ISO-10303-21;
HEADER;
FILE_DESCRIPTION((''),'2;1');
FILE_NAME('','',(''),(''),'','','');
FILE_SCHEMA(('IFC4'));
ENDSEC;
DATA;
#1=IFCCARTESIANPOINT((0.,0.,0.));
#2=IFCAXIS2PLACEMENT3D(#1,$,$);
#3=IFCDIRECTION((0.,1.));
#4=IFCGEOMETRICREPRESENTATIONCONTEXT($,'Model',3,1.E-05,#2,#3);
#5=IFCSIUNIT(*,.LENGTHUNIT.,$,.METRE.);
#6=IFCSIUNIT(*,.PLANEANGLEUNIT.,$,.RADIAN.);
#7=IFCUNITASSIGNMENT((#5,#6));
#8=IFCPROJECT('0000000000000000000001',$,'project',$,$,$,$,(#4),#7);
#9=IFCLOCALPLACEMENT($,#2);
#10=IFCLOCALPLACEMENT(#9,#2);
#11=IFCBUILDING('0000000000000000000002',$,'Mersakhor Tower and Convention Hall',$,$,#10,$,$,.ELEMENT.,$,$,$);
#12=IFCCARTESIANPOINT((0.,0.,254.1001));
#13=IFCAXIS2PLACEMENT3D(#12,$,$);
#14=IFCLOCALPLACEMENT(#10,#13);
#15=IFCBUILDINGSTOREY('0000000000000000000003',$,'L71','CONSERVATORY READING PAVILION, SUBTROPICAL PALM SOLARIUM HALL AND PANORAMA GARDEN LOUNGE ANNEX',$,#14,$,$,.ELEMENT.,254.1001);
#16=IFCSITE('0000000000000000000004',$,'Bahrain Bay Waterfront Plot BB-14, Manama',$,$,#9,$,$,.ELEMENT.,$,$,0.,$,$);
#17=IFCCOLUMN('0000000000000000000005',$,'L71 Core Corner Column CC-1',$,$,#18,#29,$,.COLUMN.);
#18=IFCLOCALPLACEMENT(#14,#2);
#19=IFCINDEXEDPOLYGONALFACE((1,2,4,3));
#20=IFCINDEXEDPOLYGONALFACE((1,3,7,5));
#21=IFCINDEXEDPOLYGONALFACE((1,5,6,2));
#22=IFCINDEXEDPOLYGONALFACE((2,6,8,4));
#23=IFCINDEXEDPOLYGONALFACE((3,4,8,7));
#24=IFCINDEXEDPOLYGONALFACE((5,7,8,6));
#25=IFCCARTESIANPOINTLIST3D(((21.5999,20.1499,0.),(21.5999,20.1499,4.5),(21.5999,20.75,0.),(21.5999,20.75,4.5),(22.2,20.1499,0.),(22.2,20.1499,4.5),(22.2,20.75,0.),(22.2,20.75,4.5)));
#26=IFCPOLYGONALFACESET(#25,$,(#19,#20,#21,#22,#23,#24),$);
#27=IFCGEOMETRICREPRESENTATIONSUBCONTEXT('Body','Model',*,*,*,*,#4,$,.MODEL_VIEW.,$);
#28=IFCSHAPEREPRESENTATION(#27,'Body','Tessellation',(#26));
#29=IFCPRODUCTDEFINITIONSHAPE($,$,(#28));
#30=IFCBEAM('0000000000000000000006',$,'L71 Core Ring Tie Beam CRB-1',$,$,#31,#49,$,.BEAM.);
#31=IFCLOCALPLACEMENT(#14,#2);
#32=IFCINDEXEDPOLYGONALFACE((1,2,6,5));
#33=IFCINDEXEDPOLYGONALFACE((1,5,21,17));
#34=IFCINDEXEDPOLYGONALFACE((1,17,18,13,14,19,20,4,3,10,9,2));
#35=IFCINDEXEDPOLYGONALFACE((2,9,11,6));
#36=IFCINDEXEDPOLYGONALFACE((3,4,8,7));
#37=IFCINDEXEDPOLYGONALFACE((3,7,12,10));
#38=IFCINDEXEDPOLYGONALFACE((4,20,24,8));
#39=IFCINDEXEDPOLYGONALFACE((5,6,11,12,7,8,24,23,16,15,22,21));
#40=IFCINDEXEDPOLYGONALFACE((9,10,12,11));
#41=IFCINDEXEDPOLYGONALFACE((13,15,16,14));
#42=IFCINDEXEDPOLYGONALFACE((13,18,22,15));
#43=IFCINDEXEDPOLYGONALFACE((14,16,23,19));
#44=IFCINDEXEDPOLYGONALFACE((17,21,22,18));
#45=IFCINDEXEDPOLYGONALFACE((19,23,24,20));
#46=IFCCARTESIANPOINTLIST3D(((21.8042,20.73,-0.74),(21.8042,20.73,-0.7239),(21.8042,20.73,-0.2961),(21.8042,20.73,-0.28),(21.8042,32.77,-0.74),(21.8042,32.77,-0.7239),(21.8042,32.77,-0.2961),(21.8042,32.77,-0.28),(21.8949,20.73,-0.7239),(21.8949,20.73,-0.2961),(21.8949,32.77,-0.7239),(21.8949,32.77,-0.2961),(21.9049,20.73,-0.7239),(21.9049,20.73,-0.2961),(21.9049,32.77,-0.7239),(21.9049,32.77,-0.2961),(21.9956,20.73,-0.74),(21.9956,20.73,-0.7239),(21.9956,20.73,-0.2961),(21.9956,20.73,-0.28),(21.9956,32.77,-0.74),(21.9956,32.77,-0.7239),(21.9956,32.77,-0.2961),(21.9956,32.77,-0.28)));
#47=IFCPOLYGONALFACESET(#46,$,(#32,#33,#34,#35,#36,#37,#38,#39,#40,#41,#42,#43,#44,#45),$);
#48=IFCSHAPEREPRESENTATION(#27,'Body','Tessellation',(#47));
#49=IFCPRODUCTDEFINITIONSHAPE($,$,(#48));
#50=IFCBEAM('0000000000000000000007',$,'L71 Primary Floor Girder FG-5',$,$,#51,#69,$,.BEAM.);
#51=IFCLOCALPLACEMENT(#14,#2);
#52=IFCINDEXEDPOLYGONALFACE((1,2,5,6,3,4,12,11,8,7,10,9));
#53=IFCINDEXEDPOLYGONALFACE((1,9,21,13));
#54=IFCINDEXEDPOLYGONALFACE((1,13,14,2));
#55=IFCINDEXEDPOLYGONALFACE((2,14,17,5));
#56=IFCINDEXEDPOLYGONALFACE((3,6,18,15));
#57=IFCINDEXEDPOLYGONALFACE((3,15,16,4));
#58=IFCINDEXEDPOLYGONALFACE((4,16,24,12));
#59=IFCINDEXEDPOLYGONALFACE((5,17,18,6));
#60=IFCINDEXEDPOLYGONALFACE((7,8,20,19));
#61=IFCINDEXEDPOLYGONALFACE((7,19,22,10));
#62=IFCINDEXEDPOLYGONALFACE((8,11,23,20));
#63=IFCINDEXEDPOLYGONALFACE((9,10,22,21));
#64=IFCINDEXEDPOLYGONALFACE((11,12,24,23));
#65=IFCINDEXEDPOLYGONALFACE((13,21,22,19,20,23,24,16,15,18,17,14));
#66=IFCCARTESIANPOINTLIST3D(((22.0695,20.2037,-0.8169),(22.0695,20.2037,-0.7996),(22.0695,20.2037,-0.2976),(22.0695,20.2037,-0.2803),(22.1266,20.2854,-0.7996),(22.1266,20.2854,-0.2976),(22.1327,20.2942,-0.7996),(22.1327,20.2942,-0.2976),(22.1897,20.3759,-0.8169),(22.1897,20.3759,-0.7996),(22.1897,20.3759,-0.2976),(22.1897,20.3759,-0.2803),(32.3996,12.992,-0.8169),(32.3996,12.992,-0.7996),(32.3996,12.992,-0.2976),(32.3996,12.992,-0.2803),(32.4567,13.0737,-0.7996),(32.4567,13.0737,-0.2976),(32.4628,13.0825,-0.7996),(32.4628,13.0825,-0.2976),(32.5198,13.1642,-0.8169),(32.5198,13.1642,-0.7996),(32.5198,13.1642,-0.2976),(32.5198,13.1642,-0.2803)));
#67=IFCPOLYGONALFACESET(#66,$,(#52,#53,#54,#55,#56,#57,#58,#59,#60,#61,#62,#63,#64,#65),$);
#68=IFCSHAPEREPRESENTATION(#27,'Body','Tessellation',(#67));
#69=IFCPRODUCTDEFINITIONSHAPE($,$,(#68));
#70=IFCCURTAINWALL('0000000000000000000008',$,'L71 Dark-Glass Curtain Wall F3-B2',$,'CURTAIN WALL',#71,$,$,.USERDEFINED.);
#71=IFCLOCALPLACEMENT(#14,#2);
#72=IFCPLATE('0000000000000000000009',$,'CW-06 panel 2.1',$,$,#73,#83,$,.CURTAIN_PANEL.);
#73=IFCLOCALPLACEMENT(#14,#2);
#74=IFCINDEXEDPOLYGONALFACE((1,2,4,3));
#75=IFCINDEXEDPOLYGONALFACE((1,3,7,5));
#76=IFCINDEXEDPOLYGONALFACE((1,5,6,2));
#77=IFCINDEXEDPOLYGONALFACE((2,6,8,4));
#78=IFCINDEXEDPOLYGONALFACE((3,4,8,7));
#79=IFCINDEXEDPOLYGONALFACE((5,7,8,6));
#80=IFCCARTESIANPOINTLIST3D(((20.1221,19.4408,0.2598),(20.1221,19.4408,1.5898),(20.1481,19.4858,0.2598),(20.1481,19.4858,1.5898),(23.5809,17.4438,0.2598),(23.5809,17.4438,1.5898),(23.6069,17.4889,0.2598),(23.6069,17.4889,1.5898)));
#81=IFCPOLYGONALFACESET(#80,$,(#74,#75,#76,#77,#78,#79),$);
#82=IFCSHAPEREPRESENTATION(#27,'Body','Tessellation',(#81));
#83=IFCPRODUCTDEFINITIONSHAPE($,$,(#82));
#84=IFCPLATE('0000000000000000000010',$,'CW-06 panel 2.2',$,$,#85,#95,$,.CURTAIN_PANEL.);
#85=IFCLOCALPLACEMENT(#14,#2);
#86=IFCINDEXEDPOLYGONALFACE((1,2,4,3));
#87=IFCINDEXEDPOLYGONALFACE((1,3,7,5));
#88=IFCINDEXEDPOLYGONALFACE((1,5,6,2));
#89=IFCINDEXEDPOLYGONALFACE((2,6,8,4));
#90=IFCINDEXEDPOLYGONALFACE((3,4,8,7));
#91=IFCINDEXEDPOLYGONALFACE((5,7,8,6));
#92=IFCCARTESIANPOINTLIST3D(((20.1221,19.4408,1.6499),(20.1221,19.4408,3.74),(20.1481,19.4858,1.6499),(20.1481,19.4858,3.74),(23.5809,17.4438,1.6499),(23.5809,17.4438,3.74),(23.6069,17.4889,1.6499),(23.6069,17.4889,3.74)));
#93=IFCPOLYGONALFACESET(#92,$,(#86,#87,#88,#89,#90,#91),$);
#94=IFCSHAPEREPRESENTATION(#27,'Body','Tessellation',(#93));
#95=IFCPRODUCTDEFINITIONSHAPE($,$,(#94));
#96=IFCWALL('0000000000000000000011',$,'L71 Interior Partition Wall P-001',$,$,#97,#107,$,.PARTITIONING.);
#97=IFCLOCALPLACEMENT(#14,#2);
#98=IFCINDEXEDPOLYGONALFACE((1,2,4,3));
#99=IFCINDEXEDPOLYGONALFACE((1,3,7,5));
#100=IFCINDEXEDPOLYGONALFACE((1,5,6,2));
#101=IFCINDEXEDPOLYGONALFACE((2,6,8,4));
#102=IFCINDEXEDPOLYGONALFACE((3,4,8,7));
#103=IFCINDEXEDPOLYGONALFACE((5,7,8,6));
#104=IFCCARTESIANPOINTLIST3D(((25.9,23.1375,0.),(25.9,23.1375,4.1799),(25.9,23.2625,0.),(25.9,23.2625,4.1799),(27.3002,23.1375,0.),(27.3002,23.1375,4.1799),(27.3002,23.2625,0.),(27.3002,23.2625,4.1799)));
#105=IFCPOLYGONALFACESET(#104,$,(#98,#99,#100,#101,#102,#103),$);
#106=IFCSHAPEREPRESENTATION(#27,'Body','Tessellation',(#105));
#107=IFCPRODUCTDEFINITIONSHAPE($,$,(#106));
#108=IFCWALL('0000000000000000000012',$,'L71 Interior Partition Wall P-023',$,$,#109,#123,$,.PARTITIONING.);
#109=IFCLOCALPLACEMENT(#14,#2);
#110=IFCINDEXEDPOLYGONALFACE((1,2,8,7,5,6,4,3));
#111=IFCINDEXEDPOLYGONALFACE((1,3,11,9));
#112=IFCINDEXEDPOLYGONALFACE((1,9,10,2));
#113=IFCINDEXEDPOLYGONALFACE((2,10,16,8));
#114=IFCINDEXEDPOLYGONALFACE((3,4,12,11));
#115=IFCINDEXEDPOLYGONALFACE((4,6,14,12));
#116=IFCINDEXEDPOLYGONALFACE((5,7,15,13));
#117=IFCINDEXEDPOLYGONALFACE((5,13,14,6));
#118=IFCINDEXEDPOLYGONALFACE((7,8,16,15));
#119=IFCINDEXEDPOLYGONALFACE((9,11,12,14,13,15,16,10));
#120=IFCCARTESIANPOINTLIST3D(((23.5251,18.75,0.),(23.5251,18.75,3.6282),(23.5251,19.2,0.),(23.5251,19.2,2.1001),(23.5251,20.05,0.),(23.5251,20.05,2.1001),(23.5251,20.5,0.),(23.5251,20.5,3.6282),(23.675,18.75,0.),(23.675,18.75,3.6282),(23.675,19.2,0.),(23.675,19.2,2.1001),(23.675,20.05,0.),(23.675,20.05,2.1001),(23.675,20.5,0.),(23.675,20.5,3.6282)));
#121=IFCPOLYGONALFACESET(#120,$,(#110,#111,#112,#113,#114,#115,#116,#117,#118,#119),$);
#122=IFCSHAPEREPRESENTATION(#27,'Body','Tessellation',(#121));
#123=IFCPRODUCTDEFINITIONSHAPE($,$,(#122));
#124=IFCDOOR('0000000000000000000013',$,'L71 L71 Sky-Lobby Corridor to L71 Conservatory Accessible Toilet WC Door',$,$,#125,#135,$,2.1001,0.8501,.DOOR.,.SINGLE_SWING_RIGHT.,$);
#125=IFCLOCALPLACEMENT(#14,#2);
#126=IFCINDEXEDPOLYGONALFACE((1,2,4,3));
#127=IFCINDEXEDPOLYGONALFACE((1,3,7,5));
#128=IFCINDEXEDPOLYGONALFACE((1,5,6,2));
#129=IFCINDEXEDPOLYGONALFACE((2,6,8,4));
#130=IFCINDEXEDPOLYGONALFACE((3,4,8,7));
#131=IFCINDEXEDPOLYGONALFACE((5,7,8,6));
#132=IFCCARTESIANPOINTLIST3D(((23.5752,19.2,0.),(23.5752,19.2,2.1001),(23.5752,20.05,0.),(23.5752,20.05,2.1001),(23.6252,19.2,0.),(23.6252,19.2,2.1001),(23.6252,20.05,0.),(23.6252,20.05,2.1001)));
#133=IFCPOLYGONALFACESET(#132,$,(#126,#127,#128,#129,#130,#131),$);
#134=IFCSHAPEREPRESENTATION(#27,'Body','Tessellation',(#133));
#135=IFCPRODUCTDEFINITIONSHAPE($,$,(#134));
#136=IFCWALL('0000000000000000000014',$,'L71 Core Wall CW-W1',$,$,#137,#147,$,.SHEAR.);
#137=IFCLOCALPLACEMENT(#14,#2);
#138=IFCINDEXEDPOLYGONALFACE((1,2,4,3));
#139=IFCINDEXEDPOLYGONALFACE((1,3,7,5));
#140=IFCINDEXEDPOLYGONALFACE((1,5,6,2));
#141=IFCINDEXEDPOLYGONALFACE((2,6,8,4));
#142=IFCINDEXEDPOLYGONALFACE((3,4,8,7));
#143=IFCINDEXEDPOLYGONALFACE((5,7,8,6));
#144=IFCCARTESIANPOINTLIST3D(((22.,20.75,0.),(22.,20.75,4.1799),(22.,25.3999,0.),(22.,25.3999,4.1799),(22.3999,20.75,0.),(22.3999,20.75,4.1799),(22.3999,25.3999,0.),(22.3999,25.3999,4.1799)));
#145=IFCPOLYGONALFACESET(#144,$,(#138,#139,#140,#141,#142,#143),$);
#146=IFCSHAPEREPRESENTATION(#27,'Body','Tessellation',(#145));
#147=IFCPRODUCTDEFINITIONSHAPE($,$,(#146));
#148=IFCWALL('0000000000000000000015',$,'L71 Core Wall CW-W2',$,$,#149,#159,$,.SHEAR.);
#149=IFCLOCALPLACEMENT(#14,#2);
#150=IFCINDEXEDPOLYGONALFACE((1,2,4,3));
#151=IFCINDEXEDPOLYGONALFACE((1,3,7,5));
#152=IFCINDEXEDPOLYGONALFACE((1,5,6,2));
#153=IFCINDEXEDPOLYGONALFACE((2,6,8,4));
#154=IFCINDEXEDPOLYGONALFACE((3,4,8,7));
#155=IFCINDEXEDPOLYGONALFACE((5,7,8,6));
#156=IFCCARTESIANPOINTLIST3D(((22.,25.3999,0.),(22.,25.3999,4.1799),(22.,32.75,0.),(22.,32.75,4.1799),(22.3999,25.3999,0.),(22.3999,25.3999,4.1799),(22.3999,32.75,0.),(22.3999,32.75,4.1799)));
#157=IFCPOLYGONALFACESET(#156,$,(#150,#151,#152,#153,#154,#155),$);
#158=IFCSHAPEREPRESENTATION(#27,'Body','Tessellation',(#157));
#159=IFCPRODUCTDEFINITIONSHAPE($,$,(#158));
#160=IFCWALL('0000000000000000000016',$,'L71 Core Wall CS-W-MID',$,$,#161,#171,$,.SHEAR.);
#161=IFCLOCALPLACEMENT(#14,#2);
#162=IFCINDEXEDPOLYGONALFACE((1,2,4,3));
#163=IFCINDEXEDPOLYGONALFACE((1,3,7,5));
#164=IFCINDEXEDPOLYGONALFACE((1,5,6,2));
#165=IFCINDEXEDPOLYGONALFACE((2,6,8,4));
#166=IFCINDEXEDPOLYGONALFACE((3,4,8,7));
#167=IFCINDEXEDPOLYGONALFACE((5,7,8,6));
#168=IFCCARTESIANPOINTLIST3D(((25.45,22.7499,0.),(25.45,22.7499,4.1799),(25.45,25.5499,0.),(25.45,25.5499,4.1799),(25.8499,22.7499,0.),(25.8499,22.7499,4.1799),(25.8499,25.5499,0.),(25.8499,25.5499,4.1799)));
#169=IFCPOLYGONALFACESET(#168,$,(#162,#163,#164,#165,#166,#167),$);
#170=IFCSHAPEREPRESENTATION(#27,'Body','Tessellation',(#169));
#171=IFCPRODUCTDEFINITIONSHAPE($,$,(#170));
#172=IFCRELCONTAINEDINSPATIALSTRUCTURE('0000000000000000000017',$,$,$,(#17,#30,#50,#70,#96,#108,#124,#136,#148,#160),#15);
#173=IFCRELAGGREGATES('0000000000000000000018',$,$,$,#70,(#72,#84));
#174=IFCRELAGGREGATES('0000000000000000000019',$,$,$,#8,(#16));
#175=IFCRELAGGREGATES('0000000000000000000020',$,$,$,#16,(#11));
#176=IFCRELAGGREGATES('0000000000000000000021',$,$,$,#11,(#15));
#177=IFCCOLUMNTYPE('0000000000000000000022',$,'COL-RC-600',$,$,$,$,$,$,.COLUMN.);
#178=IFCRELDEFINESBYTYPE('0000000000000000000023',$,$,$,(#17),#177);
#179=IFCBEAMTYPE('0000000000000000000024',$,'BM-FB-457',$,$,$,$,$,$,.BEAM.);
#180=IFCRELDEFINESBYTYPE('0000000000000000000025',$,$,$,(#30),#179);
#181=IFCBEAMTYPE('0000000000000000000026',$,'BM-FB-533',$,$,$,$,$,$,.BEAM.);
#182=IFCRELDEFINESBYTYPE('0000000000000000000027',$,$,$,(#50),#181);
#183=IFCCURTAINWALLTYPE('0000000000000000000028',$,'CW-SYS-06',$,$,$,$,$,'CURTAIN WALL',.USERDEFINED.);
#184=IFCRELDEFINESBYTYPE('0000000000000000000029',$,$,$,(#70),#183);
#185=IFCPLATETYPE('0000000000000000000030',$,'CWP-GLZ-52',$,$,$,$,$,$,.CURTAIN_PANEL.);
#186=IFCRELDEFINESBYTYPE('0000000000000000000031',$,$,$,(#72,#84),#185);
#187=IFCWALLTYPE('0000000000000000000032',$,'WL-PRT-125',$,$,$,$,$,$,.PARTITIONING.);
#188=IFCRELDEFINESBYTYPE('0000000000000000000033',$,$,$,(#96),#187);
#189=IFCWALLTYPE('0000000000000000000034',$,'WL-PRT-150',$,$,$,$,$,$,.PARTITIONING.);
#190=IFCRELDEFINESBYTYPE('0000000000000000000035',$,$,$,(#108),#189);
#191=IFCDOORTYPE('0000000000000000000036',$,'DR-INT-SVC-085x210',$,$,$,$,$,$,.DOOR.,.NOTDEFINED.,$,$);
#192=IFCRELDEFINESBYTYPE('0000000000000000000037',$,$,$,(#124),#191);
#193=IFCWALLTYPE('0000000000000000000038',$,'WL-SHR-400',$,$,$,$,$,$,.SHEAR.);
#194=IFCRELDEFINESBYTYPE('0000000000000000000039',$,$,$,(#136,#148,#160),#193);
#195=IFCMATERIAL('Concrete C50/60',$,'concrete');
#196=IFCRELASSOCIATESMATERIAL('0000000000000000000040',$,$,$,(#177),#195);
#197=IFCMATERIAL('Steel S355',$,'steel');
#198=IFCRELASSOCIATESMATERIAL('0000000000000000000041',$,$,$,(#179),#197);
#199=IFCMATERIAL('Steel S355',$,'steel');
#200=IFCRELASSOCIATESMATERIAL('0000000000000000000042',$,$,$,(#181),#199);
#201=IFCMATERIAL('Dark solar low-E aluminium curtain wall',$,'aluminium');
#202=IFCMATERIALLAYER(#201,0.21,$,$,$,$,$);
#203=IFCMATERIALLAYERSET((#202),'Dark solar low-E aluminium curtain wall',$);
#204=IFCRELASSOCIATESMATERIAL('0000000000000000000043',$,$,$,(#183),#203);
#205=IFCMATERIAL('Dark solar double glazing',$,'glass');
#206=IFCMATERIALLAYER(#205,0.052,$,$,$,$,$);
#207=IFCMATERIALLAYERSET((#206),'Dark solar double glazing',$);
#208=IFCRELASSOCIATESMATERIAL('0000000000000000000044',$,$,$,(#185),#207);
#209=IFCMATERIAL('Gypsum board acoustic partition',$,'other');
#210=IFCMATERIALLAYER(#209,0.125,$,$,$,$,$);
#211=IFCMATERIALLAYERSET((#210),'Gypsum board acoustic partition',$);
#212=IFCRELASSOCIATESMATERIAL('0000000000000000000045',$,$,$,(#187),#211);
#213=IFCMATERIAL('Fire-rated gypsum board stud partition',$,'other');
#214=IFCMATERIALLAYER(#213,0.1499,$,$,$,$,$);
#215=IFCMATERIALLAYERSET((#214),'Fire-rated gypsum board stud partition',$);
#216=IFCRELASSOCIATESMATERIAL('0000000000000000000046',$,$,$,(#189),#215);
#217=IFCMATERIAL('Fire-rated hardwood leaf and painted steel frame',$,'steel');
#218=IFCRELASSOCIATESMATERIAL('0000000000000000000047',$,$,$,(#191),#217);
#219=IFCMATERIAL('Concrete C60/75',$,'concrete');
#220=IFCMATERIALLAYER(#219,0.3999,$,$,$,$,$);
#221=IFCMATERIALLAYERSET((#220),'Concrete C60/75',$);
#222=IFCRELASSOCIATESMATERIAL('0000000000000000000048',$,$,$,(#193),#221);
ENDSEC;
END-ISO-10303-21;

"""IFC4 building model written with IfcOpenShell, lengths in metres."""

from ifc_helpers import new_model, si_unit, direction, frame, frame_2d, origin, origin_2d, place, context, subcontext, project, spatial, rectangle, i_section, extrude, material, layer, layer_set, material_profile, profile_set, type_object, element, fill, aggregate, save


model = new_model("IFC4")

# Units and contexts
model_context = context("Model", 3, precision=1e-05, world=origin(), true_north=direction((0.0, 1.0)))
body_context = subcontext(model_context, "Body", "Model", "MODEL_VIEW")
ifc_project = project(units=[si_unit("LENGTHUNIT", "METRE"), si_unit("PLANEANGLEUNIT", "RADIAN")], contexts=[model_context])

# Site, building, storey
site_placement = place(None, origin())
site = spatial("IfcSite", under=ifc_project, at=site_placement, Name="Bahrain Bay Waterfront Plot BB-14, Manama", CompositionType="ELEMENT", RefElevation=0.0)
building_placement = place(site_placement, origin())
building = spatial("IfcBuilding", under=site, at=building_placement, Name="Mersakhor Tower and Convention Hall", CompositionType="ELEMENT")
storey_placement = place(building_placement, frame((0.0, 0.0, 254.1001)))
storey = spatial("IfcBuildingStorey", under=building, at=storey_placement, Name="L71", Description="CONSERVATORY READING PAVILION, SUBTROPICAL PALM SOLARIUM HALL AND PANORAMA GARDEN LOUNGE ANNEX", CompositionType="ELEMENT", Elevation=254.1001)

# Column
ifc_material_1 = material(Name="Concrete C50/60", Category="concrete")
ifc_material_profile_1 = material_profile(ifc_material_1, rectangle(XDim=0.6001, YDim=0.6001, at=origin_2d()), Name="RC 600x600")
ifc_profile_set_1 = profile_set([ifc_material_profile_1], Name="Concrete C50/60")
column_type = type_object("IfcColumnType", Name="COL-RC-600", PredefinedType="COLUMN", material=ifc_profile_set_1)
column_placement = place(storey_placement, frame((21.8999, 20.45, 0.0), z_axis=(0.0, 0.0, 1.0), x_axis=(1.0, 0.0, 0.0)))
element("IfcColumn", 1, at=column_placement, inside=storey, type_object=column_type, Name="L71 Core Corner Column CC-1", PredefinedType="COLUMN", context=body_context, shape_type="SweptSolid", body=[
    extrude(rectangle(XDim=0.6001, YDim=0.6001, at=origin_2d()), origin(), (0.0, 0.0, 1.0), 4.5),
])

# Beams
ifc_material_2 = material(Name="Steel S355", Category="steel")
ifc_material_profile_2 = material_profile(ifc_material_2, i_section(OverallWidth=0.1914, OverallDepth=0.46, WebThickness=0.01, FlangeThickness=0.0161, at=origin_2d()), Name="UB 457x191x82")
ifc_profile_set_2 = profile_set([ifc_material_profile_2], Name="Steel S355")
beam_type_1 = type_object("IfcBeamType", Name="BM-FB-457", PredefinedType="BEAM", material=ifc_profile_set_2)
beam_1_placement = place(storey_placement, frame((21.8999, 20.73, -0.51), z_axis=(0.0, 1.0, 0.0), x_axis=(-1.0, 0.0, 0.0)))
element("IfcBeam", 2, at=beam_1_placement, inside=storey, type_object=beam_type_1, Name="L71 Core Ring Tie Beam CRB-1", PredefinedType="BEAM", context=body_context, shape_type="SweptSolid", body=[
    extrude(i_section(OverallWidth=0.1914, OverallDepth=0.46, WebThickness=0.01, FlangeThickness=0.0161, at=origin_2d()), origin(), (0.0, 0.0, 1.0), 12.04),
])
ifc_material_3 = material(Name="Steel S355", Category="steel")
ifc_material_profile_3 = material_profile(ifc_material_3, i_section(OverallWidth=0.21, OverallDepth=0.5366, WebThickness=0.0107, FlangeThickness=0.0173, at=origin_2d()), Name="UB 533x210x101")
ifc_profile_set_3 = profile_set([ifc_material_profile_3], Name="Steel S355")
beam_type_2 = type_object("IfcBeamType", Name="BM-FB-533", PredefinedType="BEAM", material=ifc_profile_set_3)
beam_2_placement = place(storey_placement, frame((22.1296, 20.2898, -0.5486), z_axis=(0.819954, -0.572429, 0.0), x_axis=(0.572429, 0.819954, 0.0)))
element("IfcBeam", 3, at=beam_2_placement, inside=storey, type_object=beam_type_2, Name="L71 Primary Floor Girder FG-5", PredefinedType="BEAM", context=body_context, shape_type="SweptSolid", body=[
    extrude(i_section(OverallWidth=0.21, OverallDepth=0.5366, WebThickness=0.0107, FlangeThickness=0.0173, at=origin_2d()), origin(), (0.0, 0.0, 1.0), 12.5984),
])

# Curtain wall, plates
ifc_material_4 = material(Name="Dark solar low-E aluminium curtain wall", Category="aluminium")
ifc_layer_1 = layer(ifc_material_4, 0.21)
ifc_layer_set_1 = layer_set([ifc_layer_1], Name="Dark solar low-E aluminium curtain wall")
curtain_wall_type = type_object("IfcCurtainWallType", Name="CW-SYS-06", ElementType="CURTAIN WALL", PredefinedType="USERDEFINED", material=ifc_layer_set_1)
curtain_wall_placement = place(storey_placement, origin())
curtain_wall = element("IfcCurtainWall", 4, at=curtain_wall_placement, inside=storey, type_object=curtain_wall_type, Name="L71 Dark-Glass Curtain Wall F3-B2", ObjectType="CURTAIN WALL", PredefinedType="USERDEFINED")
ifc_material_5 = material(Name="Dark solar double glazing", Category="glass")
ifc_layer_2 = layer(ifc_material_5, 0.052)
ifc_layer_set_2 = layer_set([ifc_layer_2], Name="Dark solar double glazing")
plate_type = type_object("IfcPlateType", Name="CWP-GLZ-52", PredefinedType="CURTAIN_PANEL", material=ifc_layer_set_2)
plate_1_placement = place(storey_placement, frame((21.8645, 18.4648, 0.2598), z_axis=(0.0, 0.0, 1.0), x_axis=(-0.866023, 0.500004, 0.0)))
plate_1 = element("IfcPlate", 5, at=plate_1_placement, type_object=plate_type, Name="CW-06 panel 2.1", PredefinedType="CURTAIN_PANEL", context=body_context, shape_type="SweptSolid", body=[
    extrude(rectangle(XDim=3.9939, YDim=0.052, at=origin_2d()), origin(), (0.0, 0.0, 1.0), 1.3301),
])
plate_2_placement = place(storey_placement, frame((21.8645, 18.4648, 1.6499), z_axis=(0.0, 0.0, 1.0), x_axis=(-0.866023, 0.500004, 0.0)))
plate_2 = element("IfcPlate", 6, at=plate_2_placement, type_object=plate_type, Name="CW-06 panel 2.2", PredefinedType="CURTAIN_PANEL", context=body_context, shape_type="SweptSolid", body=[
    extrude(rectangle(XDim=3.9939, YDim=0.052, at=origin_2d()), origin(), (0.0, 0.0, 1.0), 2.0901),
])
aggregate(curtain_wall, [plate_1, plate_2])

# Wall
ifc_material_6 = material(Name="Gypsum board acoustic partition", Category="other")
ifc_layer_3 = layer(ifc_material_6, 0.125)
ifc_layer_set_3 = layer_set([ifc_layer_3], Name="Gypsum board acoustic partition")
wall_type_1 = type_object("IfcWallType", Name="WL-PRT-125", PredefinedType="PARTITIONING", material=ifc_layer_set_3)
wall_1_placement = place(storey_placement, frame((25.8999, 23.2, 0.0), z_axis=(0.0, 0.0, 1.0), x_axis=(1.0, 0.0, 0.0)))
element("IfcWall", 7, at=wall_1_placement, inside=storey, type_object=wall_type_1, Name="L71 Interior Partition Wall P-001", PredefinedType="PARTITIONING", context=body_context, shape_type="SweptSolid", body=[
    extrude(rectangle(XDim=1.4001, YDim=0.125, at=frame_2d((0.7002, 0.0))), origin(), (0.0, 0.0, 1.0), 4.1799),
])

# Wall, opening, door
ifc_material_7 = material(Name="Fire-rated gypsum board stud partition", Category="other")
ifc_layer_4 = layer(ifc_material_7, 0.1499)
ifc_layer_set_4 = layer_set([ifc_layer_4], Name="Fire-rated gypsum board stud partition")
wall_type_2 = type_object("IfcWallType", Name="WL-PRT-150", PredefinedType="PARTITIONING", material=ifc_layer_set_4)
wall_2_placement = place(storey_placement, frame((23.6001, 18.75, 0.0), z_axis=(0.0, 0.0, 1.0), x_axis=(0.0, 1.0, 0.0)))
wall_2 = element("IfcWall", 8, at=wall_2_placement, inside=storey, type_object=wall_type_2, Name="L71 Interior Partition Wall P-023", PredefinedType="PARTITIONING", context=body_context, shape_type="SweptSolid", body=[
    extrude(rectangle(XDim=1.75, YDim=0.1499, at=frame_2d((0.875, 0.0))), origin(), (0.0, 0.0, 1.0), 3.6282),
])
opening_1_placement = place(wall_2_placement, frame((0.45, 0.0, 0.0)))
opening_1 = element("IfcOpeningElement", 9, at=opening_1_placement, cuts=wall_2, PredefinedType="OPENING", context=body_context, shape_type="SweptSolid", body=[
    extrude(rectangle(XDim=0.8501, YDim=2.1001, at=frame_2d((0.425, 1.05))), frame((0.0, 0.085, 0.0), z_axis=(0.0, -1.0, 0.0), x_axis=(1.0, 0.0, 0.0)), (0.0, 0.0, 1.0), 0.1699),
])
ifc_material_8 = material(Name="Fire-rated hardwood leaf and painted steel frame", Category="steel")
door_type_1 = type_object("IfcDoorType", Name="DR-INT-SVC-085x210", OperationType="NOTDEFINED", PredefinedType="DOOR", material=ifc_material_8)
door_1_placement = place(opening_1_placement, origin())
door_1 = element("IfcDoor", 10, at=door_1_placement, inside=storey, type_object=door_type_1, Name="L71 L71 Sky-Lobby Corridor to L71 Conservatory Accessible Toilet WC Door", OperationType="SINGLE_SWING_RIGHT", OverallHeight=2.1001, OverallWidth=0.8501, PredefinedType="DOOR", context=body_context, shape_type="SweptSolid", body=[
    extrude(rectangle(XDim=0.8501, YDim=2.1001, at=frame_2d((0.425, 1.05))), frame((0.0, 0.0249, 0.0), z_axis=(0.0, -1.0, 0.0), x_axis=(1.0, 0.0, 0.0)), (0.0, 0.0, 1.0), 0.05),
])
fill(opening_1, door_1)

# Walls
ifc_material_9 = material(Name="Concrete C60/75", Category="concrete")
ifc_layer_5 = layer(ifc_material_9, 0.3999)
ifc_layer_set_5 = layer_set([ifc_layer_5], Name="Concrete C60/75")
wall_type_3 = type_object("IfcWallType", Name="WL-SHR-400", PredefinedType="SHEAR", material=ifc_layer_set_5)
wall_3_placement = place(storey_placement, frame((22.2, 20.75, 0.0), z_axis=(0.0, 0.0, 1.0), x_axis=(0.0, 1.0, 0.0)))
element("IfcWall", 11, at=wall_3_placement, inside=storey, type_object=wall_type_3, Name="L71 Core Wall CW-W1", PredefinedType="SHEAR", context=body_context, shape_type="SweptSolid", body=[
    extrude(rectangle(XDim=4.6499, YDim=0.3999, at=frame_2d((2.325, 0.0))), origin(), (0.0, 0.0, 1.0), 4.1799),
])
wall_4_placement = place(storey_placement, frame((22.2, 25.3999, 0.0), z_axis=(0.0, 0.0, 1.0), x_axis=(0.0, 1.0, 0.0)))
element("IfcWall", 12, at=wall_4_placement, inside=storey, type_object=wall_type_3, Name="L71 Core Wall CW-W2", PredefinedType="SHEAR", context=body_context, shape_type="SweptSolid", body=[
    extrude(rectangle(XDim=7.3501, YDim=0.3999, at=frame_2d((3.675, 0.0))), origin(), (0.0, 0.0, 1.0), 4.1799),
])

# Wall
wall_5_placement = place(storey_placement, frame((25.6499, 22.75, 0.0), z_axis=(0.0, 0.0, 1.0), x_axis=(0.0, 1.0, 0.0)))
element("IfcWall", 13, at=wall_5_placement, inside=storey, type_object=wall_type_3, Name="L71 Core Wall CS-W-MID", PredefinedType="SHEAR", context=body_context, shape_type="SweptSolid", body=[
    extrude(rectangle(XDim=2.8, YDim=0.3999, at=frame_2d((1.3999, 0.0))), origin(), (0.0, 0.0, 1.0), 4.1799),
])

save(model, "model.ifc")
